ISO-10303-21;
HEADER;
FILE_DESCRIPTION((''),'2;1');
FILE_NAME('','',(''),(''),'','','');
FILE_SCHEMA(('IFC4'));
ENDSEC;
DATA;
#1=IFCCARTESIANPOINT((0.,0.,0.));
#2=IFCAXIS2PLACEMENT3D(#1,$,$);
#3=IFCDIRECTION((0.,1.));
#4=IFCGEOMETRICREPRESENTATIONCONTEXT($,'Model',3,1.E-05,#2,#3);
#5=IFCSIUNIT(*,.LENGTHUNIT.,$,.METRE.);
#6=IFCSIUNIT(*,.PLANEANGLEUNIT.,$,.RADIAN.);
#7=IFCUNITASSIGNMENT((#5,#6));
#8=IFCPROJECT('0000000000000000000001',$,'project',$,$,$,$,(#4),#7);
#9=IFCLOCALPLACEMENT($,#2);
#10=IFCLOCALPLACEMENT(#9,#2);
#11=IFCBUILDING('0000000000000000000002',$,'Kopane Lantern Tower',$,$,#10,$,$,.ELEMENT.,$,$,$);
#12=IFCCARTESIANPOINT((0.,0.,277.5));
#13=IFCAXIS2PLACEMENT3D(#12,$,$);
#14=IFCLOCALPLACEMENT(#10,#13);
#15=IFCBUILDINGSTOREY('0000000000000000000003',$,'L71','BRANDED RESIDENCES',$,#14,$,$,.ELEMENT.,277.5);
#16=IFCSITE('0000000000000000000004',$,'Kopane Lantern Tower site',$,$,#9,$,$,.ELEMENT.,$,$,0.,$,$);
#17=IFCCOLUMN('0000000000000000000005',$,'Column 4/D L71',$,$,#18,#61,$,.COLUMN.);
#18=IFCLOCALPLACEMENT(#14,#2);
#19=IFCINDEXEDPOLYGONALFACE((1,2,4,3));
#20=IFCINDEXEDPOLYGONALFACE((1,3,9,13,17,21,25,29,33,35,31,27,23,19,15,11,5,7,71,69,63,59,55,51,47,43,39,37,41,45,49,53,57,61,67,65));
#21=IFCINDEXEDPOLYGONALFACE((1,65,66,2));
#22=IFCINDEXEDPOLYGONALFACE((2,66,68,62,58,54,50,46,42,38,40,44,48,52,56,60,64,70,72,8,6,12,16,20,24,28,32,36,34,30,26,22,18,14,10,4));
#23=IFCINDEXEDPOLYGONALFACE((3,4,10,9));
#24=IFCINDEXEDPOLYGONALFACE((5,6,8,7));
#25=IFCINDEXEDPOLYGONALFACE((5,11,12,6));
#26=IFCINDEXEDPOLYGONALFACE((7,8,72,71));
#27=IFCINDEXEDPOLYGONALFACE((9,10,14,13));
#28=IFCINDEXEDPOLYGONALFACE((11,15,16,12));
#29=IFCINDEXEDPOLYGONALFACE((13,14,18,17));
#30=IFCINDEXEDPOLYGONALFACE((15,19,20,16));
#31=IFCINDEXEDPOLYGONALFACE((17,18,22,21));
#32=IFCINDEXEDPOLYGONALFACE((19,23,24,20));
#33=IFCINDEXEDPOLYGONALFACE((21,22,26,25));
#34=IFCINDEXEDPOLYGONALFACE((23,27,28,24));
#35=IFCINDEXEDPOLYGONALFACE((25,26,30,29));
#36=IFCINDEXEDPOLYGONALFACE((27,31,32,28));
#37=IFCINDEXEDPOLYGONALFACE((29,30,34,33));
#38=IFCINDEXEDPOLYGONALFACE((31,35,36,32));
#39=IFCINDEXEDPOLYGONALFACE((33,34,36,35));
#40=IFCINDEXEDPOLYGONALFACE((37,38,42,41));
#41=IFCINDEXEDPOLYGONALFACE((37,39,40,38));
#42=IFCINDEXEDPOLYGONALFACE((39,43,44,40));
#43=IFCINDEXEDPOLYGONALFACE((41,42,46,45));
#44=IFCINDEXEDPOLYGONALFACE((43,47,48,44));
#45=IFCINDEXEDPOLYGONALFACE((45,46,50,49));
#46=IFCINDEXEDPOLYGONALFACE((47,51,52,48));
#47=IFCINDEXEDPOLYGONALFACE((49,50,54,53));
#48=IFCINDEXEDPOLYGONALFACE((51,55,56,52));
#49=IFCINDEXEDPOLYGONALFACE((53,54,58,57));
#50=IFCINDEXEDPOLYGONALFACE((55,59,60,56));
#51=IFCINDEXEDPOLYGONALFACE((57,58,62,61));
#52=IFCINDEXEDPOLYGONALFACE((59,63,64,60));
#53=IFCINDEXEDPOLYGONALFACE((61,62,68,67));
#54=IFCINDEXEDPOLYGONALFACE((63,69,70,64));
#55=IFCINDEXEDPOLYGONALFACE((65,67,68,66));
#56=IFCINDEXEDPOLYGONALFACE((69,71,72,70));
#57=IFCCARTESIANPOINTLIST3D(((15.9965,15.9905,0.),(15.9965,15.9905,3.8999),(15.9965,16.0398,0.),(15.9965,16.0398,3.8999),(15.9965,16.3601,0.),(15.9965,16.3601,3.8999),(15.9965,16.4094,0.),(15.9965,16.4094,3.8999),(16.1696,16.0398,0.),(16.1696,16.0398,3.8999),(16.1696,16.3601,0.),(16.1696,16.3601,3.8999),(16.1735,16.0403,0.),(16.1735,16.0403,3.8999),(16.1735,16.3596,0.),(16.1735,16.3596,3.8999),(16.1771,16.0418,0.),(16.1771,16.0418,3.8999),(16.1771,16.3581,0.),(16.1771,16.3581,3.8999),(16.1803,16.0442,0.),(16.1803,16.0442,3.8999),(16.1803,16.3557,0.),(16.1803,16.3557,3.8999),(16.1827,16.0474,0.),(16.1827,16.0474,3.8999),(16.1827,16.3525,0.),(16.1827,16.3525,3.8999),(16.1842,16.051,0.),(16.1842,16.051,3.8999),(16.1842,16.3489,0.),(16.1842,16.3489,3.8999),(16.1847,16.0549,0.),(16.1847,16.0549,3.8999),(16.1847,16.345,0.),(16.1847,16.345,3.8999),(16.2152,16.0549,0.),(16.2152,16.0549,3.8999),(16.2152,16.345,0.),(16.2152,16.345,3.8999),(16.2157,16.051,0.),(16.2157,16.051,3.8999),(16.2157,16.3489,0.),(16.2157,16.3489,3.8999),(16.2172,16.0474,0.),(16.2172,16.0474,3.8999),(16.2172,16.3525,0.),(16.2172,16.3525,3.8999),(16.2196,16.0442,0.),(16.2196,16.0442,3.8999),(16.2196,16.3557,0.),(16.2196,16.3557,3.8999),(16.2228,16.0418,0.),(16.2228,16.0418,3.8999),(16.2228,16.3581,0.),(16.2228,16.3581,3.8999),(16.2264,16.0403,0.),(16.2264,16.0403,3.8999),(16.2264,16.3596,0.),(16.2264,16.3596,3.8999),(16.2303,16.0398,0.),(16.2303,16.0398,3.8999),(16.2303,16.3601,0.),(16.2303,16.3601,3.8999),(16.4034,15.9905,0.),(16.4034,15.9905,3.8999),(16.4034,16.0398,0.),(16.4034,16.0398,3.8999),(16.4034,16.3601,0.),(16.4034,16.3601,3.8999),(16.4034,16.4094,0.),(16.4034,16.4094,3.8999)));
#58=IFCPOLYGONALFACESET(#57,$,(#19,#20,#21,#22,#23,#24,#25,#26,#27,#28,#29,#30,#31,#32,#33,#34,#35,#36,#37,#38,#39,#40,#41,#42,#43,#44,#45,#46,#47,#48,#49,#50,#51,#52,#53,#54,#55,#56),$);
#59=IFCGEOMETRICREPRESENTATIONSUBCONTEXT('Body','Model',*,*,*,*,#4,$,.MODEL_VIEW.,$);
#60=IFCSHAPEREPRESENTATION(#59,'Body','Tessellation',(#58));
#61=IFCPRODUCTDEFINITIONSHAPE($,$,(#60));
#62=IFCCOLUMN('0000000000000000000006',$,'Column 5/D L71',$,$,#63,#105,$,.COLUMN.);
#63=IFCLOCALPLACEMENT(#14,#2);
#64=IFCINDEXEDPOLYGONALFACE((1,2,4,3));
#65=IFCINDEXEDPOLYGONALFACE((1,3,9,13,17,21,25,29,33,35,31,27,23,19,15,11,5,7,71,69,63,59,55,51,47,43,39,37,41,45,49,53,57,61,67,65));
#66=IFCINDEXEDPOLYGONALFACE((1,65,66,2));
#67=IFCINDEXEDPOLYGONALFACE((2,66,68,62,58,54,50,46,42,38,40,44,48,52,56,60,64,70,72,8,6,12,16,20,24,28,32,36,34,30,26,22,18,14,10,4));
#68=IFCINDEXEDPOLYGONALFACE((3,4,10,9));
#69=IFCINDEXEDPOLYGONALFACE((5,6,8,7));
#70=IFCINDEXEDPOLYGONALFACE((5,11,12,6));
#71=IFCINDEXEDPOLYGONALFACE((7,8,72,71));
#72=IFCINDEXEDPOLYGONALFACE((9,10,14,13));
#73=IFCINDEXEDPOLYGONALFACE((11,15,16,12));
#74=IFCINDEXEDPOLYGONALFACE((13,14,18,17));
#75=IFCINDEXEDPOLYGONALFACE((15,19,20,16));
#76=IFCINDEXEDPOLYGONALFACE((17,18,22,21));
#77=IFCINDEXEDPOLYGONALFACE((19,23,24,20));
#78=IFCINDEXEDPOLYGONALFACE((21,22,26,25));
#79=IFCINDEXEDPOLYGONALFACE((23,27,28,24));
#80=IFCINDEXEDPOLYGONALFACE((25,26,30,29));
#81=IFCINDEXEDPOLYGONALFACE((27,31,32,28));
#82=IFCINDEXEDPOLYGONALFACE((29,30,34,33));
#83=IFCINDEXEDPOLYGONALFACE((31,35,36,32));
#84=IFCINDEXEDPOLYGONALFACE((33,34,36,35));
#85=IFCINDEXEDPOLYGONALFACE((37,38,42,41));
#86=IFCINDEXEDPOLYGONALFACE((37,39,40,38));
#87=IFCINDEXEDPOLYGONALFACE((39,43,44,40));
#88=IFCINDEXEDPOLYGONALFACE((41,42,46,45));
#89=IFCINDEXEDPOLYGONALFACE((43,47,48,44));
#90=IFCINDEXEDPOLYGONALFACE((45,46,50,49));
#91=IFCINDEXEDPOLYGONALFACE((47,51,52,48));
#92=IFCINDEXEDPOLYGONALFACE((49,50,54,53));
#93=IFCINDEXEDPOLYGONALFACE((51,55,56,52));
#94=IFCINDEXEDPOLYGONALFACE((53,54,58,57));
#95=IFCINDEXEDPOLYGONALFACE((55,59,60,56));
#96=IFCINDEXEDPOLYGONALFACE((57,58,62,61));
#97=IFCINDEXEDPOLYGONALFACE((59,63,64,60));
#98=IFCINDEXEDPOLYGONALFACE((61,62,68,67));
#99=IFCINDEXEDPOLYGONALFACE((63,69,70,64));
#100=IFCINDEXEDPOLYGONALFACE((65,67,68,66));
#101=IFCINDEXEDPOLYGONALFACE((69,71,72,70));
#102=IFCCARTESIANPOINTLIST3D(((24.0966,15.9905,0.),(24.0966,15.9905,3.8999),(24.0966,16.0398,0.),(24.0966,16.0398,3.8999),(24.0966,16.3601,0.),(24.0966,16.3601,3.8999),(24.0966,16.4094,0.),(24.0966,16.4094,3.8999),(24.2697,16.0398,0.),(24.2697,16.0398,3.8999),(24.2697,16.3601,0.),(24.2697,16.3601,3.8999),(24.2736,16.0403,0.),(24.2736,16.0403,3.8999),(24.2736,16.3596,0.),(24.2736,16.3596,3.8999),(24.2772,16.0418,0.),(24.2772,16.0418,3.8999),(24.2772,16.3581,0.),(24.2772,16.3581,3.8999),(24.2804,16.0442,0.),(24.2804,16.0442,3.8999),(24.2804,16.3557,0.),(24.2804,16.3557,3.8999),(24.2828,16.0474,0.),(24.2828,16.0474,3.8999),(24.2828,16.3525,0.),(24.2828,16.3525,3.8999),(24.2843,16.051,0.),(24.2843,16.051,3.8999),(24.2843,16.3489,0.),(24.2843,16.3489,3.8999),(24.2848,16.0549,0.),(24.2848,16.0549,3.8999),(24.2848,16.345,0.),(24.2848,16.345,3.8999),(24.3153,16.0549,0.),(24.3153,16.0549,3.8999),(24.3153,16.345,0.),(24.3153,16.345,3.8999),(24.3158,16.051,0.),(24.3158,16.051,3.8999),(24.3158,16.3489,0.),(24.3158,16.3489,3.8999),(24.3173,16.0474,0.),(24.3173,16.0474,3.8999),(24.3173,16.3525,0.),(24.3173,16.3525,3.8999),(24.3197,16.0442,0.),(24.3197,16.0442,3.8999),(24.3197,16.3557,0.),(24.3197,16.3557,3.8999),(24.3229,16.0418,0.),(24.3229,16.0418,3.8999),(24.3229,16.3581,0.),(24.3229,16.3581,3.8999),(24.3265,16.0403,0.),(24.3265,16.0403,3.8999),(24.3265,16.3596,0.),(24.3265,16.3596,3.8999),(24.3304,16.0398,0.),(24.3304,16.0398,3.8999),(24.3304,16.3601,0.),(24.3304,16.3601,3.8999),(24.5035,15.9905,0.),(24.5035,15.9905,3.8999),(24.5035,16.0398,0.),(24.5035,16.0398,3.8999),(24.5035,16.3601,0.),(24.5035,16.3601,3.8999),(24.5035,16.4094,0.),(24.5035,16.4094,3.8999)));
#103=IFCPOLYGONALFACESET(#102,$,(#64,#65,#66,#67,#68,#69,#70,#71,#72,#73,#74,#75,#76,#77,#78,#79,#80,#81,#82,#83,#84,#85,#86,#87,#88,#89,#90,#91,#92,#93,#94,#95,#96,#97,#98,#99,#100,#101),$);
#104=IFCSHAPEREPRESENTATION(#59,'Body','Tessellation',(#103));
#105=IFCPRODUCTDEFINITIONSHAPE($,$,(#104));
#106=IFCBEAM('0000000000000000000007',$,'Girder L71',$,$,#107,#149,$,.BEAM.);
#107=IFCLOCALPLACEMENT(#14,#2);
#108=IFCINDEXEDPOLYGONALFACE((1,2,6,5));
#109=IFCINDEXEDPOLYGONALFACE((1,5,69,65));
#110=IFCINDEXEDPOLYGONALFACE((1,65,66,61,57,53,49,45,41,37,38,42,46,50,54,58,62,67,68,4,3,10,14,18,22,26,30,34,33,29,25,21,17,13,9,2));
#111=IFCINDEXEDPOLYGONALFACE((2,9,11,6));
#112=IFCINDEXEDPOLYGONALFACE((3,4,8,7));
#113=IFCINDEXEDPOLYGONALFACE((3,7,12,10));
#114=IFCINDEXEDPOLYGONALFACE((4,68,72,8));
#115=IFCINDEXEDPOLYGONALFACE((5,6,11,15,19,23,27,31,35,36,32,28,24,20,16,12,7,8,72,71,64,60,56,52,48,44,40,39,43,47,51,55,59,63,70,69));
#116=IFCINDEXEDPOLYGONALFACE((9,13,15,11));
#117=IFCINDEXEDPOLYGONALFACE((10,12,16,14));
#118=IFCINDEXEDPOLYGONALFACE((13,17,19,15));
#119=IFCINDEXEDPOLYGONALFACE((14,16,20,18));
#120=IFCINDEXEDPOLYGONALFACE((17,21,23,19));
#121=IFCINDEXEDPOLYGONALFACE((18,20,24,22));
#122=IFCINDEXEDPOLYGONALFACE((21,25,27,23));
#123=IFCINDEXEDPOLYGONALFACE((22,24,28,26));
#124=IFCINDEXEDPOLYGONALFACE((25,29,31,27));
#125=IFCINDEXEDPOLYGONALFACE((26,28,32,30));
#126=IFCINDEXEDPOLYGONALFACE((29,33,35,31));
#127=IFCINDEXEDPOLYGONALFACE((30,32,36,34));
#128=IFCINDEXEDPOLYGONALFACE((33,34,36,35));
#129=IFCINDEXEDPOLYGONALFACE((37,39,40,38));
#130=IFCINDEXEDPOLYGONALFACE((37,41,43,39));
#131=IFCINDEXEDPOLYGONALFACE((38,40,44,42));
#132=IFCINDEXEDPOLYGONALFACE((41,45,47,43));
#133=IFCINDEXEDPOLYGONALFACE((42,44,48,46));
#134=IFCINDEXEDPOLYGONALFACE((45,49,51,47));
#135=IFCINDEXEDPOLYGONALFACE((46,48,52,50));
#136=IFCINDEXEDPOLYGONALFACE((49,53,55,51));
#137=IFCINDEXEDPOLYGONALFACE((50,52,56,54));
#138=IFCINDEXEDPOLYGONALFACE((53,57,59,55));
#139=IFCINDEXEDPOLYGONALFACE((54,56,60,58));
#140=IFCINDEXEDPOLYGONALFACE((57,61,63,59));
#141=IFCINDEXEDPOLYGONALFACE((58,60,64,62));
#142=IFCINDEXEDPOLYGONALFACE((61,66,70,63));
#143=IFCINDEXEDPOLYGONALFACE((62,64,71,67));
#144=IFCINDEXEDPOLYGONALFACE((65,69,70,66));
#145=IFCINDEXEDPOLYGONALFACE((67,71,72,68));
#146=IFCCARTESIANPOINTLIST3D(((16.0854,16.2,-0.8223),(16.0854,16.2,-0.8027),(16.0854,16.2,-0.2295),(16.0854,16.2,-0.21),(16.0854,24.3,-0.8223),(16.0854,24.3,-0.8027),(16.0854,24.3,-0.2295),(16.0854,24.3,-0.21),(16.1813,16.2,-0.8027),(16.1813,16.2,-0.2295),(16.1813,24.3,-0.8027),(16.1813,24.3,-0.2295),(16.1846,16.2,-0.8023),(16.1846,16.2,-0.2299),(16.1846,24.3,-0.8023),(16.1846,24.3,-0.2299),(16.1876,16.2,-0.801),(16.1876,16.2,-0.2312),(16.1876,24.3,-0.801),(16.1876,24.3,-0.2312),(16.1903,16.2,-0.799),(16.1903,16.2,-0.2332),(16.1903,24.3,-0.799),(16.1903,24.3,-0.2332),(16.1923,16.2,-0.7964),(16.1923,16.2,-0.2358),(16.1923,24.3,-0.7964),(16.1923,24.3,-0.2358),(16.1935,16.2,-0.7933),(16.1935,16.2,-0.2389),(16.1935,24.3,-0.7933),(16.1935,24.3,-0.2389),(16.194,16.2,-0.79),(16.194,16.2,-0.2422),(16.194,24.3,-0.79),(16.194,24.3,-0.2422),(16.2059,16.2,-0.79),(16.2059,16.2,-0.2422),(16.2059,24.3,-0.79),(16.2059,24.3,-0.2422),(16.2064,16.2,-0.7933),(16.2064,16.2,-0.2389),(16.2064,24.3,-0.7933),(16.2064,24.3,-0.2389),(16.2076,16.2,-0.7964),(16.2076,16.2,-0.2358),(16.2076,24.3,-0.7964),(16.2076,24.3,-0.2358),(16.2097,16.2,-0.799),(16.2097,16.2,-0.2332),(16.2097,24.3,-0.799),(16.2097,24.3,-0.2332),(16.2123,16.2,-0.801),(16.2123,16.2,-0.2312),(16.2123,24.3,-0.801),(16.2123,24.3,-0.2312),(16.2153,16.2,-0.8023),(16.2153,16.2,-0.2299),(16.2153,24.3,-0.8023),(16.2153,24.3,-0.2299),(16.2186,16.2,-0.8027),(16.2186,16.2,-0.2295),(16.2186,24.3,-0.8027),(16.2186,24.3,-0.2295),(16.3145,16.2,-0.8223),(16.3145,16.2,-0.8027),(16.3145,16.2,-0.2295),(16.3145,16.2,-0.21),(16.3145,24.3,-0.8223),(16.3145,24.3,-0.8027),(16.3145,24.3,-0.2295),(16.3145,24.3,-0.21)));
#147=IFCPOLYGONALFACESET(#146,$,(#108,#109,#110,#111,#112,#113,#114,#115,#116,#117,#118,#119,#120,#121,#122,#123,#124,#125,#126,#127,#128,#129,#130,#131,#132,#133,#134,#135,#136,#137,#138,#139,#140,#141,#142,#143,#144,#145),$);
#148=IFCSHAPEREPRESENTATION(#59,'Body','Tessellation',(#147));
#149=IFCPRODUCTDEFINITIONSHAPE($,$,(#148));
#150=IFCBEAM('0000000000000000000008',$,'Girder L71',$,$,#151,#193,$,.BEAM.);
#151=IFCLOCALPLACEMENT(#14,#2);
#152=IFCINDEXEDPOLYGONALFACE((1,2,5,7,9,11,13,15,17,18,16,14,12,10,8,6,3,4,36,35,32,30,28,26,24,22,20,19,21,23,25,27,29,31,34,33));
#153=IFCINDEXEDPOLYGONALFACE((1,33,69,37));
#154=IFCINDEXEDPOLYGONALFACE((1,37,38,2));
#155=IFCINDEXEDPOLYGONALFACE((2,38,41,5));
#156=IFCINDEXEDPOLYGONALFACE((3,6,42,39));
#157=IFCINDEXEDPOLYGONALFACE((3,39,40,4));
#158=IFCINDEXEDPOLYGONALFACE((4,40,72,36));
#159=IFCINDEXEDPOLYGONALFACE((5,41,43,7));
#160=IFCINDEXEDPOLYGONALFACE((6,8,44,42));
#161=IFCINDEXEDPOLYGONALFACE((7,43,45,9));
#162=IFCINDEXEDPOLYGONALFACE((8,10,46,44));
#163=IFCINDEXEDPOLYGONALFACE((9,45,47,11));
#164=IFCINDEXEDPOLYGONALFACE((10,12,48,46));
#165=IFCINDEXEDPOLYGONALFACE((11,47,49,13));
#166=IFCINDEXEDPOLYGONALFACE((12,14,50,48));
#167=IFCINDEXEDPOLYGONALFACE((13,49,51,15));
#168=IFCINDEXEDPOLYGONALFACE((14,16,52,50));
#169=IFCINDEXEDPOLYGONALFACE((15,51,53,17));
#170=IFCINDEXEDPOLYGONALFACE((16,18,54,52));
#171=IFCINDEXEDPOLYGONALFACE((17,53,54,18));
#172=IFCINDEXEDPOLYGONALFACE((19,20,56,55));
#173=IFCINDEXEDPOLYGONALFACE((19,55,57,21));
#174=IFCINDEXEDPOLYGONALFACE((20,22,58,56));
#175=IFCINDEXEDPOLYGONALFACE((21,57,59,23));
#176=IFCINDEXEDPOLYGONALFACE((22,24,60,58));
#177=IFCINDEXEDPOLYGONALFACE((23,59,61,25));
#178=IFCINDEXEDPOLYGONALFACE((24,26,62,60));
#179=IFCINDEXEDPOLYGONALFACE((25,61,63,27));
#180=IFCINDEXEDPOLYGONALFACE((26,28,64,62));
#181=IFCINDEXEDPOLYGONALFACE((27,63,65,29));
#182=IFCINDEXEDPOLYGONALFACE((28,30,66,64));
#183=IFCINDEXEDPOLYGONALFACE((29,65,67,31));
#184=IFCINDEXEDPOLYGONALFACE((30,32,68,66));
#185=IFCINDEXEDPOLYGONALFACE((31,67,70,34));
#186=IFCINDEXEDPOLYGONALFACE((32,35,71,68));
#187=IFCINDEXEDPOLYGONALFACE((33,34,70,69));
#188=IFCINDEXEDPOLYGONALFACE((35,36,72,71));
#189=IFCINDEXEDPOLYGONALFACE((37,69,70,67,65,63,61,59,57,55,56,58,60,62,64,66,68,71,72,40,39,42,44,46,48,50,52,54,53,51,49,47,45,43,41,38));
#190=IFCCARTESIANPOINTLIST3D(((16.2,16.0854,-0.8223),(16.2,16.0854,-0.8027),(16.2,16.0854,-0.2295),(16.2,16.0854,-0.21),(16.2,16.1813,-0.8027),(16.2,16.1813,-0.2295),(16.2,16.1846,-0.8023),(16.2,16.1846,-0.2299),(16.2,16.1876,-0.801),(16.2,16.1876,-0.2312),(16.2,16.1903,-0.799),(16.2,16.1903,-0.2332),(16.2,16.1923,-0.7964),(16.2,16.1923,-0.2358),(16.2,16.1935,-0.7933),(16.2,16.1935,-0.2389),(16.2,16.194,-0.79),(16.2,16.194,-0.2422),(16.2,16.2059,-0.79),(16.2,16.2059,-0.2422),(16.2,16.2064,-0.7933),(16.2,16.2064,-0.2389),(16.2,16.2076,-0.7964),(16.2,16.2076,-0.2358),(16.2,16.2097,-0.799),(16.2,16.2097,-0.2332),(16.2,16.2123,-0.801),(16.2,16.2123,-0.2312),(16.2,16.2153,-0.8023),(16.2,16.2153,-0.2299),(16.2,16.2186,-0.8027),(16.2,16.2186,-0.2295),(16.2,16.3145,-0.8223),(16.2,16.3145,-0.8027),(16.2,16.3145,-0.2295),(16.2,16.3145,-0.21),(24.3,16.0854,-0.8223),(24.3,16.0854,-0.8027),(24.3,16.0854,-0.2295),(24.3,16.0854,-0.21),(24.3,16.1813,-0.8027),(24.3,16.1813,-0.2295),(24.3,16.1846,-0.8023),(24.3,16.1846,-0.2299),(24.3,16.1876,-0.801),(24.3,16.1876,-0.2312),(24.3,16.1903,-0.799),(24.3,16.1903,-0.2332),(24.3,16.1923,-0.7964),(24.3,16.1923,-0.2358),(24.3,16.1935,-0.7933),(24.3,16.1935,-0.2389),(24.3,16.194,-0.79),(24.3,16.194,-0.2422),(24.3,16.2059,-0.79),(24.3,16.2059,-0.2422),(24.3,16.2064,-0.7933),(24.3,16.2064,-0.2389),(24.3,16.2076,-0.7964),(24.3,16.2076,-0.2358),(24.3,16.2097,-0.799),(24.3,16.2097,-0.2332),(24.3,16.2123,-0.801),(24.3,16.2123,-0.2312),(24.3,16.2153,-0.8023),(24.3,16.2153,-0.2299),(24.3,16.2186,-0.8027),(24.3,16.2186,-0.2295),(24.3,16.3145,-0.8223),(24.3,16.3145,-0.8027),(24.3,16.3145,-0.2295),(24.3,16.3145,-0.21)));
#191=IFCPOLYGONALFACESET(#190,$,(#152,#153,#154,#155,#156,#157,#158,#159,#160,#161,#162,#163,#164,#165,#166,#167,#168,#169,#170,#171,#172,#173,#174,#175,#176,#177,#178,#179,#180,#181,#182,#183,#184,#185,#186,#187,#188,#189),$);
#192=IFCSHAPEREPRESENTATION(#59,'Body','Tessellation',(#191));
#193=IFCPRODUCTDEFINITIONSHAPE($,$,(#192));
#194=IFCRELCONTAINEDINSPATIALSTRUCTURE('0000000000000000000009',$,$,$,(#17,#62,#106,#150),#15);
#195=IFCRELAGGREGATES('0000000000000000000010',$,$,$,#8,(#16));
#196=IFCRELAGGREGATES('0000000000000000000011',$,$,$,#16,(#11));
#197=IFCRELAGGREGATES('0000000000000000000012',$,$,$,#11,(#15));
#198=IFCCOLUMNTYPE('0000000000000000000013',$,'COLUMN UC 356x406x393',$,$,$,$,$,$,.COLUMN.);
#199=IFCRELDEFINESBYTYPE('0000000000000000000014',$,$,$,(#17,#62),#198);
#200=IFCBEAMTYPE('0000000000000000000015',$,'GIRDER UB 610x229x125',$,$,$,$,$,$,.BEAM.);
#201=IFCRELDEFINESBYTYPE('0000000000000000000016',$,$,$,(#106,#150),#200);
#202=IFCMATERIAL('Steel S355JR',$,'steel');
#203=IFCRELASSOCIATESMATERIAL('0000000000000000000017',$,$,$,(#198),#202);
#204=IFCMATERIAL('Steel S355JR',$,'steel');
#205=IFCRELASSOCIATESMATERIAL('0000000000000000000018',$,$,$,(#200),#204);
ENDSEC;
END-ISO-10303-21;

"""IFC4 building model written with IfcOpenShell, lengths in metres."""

from ifc_helpers import new_model, si_unit, direction, frame, origin, origin_2d, place, context, subcontext, project, spatial, i_section, extrude, material, material_profile, profile_set, type_object, element, save


model = new_model("IFC4")

# Units and contexts
model_context = context("Model", 3, precision=1e-05, world=origin(), true_north=direction((0.0, 1.0)))
body_context = subcontext(model_context, "Body", "Model", "MODEL_VIEW")
ifc_project = project(units=[si_unit("LENGTHUNIT", "METRE"), si_unit("PLANEANGLEUNIT", "RADIAN")], contexts=[model_context])

# Site, building, storey
site_placement = place(None, origin())
site = spatial("IfcSite", under=ifc_project, at=site_placement, Name="Kopane Lantern Tower site", CompositionType="ELEMENT", RefElevation=0.0)
building_placement = place(site_placement, origin())
building = spatial("IfcBuilding", under=site, at=building_placement, Name="Kopane Lantern Tower", CompositionType="ELEMENT")
storey_placement = place(building_placement, frame((0.0, 0.0, 277.5)))
storey = spatial("IfcBuildingStorey", under=building, at=storey_placement, Name="L71", Description="BRANDED RESIDENCES", CompositionType="ELEMENT", Elevation=277.5)

# Columns
ifc_material_1 = material(Name="Steel S355JR", Category="steel")
ifc_material_profile_1 = material_profile(ifc_material_1, i_section(OverallWidth=0.407, OverallDepth=0.4189, WebThickness=0.0305, FlangeThickness=0.0493, FilletRadius=0.0151, at=origin_2d()), Name="UC 356x406x393")
ifc_profile_set_1 = profile_set([ifc_material_profile_1], Name="Steel S355JR")
column_type = type_object("IfcColumnType", Name="COLUMN UC 356x406x393", PredefinedType="COLUMN", material=ifc_profile_set_1)
for number, where, z_axis, x_axis, name in (
    (1, (16.2, 16.2, 0.0), (0.0, 0.0, 1.0), (1.0, 0.0, 0.0), "Column 4/D L71"),
    (2, (24.3, 16.2, 0.0), (0.0, 0.0, 1.0), (1.0, 0.0, 0.0), "Column 5/D L71"),
):
    element("IfcColumn", number, at=place(storey_placement, frame(where, z_axis=z_axis, x_axis=x_axis)), inside=storey, type_object=column_type, Name=name, PredefinedType="COLUMN", context=body_context, shape_type="SweptSolid", body=[
        extrude(i_section(OverallWidth=0.407, OverallDepth=0.4189, WebThickness=0.0305, FlangeThickness=0.0493, FilletRadius=0.0151, at=origin_2d()), origin(), (0.0, 0.0, 1.0), 3.8999),
    ])

# Beams
ifc_material_2 = material(Name="Steel S355JR", Category="steel")
ifc_material_profile_2 = material_profile(ifc_material_2, i_section(OverallWidth=0.229, OverallDepth=0.6123, WebThickness=0.012, FlangeThickness=0.0195, FilletRadius=0.0127, at=origin_2d()), Name="UB 610x229x125")
ifc_profile_set_2 = profile_set([ifc_material_profile_2], Name="Steel S355JR")
beam_type = type_object("IfcBeamType", Name="GIRDER UB 610x229x125", PredefinedType="BEAM", material=ifc_profile_set_2)
for number, where, z_axis, x_axis, name in (
    (3, (16.2, 16.2, -0.5161), (0.0, 1.0, 0.0), (-1.0, 0.0, 0.0), "Girder L71"),
    (4, (16.2, 16.2, -0.5161), (1.0, 0.0, 0.0), (0.0, 1.0, 0.0), "Girder L71"),
):
    element("IfcBeam", number, at=place(storey_placement, frame(where, z_axis=z_axis, x_axis=x_axis)), inside=storey, type_object=beam_type, Name=name, PredefinedType="BEAM", context=body_context, shape_type="SweptSolid", body=[
        extrude(i_section(OverallWidth=0.229, OverallDepth=0.6123, WebThickness=0.012, FlangeThickness=0.0195, FilletRadius=0.0127, at=origin_2d()), origin(), (0.0, 0.0, 1.0), 8.1001),
    ])

save(model, "model.ifc")
